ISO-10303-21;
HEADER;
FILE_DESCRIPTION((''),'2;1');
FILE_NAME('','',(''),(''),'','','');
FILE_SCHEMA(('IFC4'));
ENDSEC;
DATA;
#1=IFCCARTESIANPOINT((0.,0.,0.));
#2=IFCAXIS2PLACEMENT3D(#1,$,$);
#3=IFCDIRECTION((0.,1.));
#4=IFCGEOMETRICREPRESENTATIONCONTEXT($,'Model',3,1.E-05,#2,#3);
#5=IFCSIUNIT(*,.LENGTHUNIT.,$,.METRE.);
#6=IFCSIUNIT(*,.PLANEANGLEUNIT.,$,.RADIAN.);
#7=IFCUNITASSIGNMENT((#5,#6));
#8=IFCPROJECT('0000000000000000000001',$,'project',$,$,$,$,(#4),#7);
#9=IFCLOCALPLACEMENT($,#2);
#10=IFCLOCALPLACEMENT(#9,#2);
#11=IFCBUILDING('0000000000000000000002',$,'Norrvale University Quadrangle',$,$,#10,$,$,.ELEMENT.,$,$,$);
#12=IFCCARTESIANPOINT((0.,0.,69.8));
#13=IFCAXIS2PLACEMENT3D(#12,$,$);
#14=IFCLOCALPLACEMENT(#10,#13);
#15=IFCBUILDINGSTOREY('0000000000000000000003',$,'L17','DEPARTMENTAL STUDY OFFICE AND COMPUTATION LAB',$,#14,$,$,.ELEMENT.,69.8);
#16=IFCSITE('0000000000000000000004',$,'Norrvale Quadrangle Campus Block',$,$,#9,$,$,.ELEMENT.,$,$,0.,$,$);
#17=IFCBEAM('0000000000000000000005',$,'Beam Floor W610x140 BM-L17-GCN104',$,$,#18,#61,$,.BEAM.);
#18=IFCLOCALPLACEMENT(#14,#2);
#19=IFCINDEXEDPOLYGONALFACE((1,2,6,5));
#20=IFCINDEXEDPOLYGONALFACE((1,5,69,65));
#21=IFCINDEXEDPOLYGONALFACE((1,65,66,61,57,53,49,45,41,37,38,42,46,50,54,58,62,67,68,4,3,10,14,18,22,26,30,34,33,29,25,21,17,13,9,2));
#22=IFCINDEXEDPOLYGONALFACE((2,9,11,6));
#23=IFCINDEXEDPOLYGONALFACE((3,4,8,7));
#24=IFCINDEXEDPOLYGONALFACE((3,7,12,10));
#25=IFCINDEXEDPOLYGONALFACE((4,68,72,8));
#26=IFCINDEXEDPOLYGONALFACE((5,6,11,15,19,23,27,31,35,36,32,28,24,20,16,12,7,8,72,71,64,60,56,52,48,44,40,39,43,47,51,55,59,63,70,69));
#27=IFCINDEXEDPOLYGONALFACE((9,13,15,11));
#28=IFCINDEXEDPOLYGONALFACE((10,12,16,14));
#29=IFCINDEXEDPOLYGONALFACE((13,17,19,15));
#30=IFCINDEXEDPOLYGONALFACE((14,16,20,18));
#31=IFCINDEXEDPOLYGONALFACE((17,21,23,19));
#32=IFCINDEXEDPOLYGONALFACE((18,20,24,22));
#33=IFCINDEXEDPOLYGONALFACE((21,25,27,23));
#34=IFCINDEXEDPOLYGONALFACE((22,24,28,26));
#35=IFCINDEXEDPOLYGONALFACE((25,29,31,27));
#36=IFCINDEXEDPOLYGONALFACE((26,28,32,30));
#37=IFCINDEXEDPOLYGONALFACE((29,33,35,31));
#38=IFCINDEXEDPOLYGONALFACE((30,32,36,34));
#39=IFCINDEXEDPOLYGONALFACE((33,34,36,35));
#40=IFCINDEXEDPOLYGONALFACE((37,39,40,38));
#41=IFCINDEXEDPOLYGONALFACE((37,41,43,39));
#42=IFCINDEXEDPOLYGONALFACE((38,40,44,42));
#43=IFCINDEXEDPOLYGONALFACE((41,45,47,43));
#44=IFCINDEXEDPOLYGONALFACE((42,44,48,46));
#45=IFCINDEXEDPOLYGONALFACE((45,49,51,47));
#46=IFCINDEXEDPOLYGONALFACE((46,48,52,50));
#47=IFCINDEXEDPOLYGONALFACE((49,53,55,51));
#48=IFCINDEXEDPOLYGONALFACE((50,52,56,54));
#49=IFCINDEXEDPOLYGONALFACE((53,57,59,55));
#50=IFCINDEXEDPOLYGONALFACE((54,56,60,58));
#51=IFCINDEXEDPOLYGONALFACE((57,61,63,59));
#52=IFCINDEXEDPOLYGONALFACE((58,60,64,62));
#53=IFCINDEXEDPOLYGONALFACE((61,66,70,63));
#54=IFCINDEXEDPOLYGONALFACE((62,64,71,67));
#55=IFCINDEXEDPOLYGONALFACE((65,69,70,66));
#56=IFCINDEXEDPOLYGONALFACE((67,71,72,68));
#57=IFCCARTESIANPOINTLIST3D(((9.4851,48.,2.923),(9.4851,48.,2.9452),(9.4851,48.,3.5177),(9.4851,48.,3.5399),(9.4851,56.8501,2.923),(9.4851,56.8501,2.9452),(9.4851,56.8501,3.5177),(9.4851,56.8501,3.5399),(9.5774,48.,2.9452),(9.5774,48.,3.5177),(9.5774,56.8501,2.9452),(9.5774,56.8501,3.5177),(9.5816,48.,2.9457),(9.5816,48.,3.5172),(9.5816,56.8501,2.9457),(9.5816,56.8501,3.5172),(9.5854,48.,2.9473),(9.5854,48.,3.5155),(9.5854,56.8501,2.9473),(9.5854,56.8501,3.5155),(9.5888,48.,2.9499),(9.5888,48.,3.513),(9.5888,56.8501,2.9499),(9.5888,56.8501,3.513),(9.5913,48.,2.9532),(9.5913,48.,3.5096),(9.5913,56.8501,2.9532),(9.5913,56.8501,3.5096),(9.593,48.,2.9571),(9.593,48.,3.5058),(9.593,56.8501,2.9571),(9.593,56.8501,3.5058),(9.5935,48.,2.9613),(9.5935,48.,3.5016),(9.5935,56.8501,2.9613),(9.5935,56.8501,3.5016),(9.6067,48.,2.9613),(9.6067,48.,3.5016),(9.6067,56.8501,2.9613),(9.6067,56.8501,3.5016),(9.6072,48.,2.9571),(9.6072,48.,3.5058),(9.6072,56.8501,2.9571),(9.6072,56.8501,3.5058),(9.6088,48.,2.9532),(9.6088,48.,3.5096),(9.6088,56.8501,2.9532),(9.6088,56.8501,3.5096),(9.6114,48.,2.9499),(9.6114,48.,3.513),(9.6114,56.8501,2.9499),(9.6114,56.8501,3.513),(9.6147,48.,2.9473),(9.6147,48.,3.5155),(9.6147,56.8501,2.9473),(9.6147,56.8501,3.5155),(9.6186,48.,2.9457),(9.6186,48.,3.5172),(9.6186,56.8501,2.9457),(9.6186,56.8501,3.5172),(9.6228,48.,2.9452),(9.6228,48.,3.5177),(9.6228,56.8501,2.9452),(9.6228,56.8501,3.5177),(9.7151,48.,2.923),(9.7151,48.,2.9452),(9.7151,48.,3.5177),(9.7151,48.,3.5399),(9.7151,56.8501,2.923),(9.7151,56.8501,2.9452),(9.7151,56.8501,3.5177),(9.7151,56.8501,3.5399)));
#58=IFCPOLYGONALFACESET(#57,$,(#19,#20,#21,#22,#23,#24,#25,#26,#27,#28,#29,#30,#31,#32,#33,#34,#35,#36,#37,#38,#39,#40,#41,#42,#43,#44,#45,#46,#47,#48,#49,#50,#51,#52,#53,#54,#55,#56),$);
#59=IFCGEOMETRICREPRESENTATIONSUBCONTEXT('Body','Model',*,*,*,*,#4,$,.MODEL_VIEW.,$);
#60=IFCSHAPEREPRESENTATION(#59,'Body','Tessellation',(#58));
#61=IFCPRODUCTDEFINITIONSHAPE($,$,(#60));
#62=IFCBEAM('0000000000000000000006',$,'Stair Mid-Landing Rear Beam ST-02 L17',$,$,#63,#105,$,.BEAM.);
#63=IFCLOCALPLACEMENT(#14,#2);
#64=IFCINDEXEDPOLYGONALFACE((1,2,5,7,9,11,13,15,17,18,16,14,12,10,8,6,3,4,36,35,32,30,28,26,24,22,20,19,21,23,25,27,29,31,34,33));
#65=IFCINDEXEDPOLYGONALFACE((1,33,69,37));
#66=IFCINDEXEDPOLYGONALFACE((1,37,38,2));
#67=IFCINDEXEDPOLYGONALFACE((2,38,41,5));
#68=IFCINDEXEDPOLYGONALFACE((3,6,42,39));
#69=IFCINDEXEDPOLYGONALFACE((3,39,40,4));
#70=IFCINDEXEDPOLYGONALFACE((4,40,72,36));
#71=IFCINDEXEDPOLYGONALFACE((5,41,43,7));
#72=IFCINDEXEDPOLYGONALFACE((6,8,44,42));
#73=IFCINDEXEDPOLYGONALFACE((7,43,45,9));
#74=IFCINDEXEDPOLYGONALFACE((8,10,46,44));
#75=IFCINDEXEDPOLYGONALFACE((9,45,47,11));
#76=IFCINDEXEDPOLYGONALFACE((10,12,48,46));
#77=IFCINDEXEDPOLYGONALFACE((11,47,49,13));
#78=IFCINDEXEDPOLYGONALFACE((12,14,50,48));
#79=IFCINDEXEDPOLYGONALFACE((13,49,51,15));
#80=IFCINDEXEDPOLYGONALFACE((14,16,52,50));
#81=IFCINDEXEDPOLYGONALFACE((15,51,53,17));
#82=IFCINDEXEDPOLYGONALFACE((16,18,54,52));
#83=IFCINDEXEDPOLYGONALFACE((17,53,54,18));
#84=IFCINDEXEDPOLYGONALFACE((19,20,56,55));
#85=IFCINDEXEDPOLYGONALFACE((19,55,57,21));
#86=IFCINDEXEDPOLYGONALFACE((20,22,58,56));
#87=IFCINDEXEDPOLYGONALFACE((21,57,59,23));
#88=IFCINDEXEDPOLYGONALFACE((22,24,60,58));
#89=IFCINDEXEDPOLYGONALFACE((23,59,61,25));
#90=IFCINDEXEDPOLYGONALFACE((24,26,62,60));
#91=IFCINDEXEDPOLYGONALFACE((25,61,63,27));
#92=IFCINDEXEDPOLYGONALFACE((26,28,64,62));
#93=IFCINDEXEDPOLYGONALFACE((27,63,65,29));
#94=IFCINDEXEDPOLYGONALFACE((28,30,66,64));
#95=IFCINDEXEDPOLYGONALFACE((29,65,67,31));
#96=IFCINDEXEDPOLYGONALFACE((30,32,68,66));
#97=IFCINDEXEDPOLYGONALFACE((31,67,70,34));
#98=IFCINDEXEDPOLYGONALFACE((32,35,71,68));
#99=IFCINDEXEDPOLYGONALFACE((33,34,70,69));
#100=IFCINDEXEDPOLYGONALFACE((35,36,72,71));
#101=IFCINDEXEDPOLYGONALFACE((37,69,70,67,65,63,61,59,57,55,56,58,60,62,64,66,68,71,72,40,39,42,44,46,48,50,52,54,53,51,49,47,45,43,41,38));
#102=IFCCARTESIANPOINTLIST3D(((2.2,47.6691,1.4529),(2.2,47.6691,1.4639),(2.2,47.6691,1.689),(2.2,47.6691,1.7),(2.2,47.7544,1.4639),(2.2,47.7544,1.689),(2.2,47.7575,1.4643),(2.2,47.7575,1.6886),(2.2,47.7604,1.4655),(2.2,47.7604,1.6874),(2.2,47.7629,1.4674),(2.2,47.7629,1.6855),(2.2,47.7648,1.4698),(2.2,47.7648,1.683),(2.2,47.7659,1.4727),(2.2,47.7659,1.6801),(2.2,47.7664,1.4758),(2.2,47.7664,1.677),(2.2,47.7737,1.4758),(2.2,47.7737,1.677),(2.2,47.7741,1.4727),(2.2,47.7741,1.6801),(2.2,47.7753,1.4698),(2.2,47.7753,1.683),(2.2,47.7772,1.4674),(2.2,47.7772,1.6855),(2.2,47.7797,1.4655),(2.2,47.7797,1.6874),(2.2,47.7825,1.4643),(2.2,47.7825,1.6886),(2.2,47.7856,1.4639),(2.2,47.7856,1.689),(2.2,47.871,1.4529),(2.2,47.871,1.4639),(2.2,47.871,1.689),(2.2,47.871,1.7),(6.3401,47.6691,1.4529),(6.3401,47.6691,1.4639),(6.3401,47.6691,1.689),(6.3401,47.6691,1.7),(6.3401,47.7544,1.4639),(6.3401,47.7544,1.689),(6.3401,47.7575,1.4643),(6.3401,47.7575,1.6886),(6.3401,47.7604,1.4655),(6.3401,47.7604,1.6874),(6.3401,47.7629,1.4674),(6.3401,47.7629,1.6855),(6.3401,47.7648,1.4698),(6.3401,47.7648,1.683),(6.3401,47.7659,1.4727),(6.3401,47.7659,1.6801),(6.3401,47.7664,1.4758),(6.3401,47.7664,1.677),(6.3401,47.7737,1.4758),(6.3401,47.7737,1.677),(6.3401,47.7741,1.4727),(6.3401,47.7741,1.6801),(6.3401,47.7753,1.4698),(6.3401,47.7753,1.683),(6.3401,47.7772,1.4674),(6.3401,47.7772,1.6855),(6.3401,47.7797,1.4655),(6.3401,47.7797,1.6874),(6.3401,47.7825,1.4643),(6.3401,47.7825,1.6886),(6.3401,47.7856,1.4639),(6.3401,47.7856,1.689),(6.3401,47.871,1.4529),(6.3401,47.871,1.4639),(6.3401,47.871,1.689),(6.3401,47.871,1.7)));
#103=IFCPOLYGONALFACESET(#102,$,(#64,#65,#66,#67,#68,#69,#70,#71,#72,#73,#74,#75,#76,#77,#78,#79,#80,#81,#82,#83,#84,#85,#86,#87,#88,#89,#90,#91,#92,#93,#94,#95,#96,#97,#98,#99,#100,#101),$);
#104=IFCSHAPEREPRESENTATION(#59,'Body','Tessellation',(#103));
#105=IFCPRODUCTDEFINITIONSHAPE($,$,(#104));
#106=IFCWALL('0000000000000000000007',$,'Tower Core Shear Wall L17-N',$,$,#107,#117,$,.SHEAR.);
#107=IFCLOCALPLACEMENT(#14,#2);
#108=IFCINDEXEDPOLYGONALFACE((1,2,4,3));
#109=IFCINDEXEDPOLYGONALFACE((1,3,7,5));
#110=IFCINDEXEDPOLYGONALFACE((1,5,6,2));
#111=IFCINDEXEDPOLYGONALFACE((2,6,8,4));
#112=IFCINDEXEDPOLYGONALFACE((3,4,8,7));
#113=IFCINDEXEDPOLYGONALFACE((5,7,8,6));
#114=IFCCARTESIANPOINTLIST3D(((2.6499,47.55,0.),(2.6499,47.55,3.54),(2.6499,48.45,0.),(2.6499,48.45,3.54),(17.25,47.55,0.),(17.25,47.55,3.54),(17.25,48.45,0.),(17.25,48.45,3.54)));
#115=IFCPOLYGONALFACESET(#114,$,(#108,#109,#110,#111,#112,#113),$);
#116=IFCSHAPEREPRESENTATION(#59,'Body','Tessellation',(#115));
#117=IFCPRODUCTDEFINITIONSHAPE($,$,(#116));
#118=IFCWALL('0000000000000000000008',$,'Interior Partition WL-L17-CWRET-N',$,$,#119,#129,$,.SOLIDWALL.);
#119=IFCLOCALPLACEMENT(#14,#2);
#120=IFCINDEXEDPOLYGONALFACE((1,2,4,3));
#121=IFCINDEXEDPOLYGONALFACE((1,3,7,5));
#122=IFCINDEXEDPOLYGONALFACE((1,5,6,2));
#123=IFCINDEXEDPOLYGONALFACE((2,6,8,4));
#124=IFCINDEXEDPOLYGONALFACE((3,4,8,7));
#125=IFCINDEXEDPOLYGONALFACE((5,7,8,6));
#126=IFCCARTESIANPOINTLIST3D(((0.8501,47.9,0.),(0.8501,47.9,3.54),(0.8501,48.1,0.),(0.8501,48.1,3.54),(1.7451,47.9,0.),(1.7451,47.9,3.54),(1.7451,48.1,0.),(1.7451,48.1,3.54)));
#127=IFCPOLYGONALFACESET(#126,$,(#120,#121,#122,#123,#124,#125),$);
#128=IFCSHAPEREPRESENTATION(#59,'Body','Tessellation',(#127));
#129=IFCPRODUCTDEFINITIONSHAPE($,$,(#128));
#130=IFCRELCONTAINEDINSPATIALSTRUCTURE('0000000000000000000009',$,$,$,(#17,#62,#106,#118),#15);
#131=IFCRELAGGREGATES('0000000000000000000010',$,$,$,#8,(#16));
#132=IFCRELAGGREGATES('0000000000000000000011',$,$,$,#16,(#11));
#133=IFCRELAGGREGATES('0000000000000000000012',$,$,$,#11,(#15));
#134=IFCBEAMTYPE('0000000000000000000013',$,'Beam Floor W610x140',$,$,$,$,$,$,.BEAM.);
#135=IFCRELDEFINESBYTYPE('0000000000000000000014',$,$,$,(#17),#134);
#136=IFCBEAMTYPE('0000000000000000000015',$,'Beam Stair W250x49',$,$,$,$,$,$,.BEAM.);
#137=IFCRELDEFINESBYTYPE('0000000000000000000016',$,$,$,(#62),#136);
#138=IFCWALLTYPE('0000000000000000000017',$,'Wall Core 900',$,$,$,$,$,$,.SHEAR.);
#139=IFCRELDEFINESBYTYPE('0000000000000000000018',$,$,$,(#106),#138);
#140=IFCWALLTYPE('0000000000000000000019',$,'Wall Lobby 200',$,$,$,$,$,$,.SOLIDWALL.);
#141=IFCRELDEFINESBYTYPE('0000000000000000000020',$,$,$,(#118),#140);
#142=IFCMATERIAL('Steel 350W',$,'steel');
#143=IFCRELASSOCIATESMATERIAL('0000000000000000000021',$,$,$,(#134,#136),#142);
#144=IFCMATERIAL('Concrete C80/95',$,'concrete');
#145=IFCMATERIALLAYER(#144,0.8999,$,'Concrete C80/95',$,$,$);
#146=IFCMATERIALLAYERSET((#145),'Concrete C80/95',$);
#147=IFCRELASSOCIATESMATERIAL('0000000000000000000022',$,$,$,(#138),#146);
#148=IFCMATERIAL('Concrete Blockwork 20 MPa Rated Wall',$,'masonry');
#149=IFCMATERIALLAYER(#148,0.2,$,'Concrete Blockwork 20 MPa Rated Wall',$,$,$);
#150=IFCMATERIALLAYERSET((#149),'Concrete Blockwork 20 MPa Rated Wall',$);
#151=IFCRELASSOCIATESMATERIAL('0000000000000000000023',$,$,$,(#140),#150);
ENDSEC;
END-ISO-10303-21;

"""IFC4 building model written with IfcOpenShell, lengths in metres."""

from ifc_helpers import new_model, si_unit, direction, frame, frame_2d, origin, origin_2d, place, context, subcontext, project, spatial, rectangle, i_section, extrude, material, layer, layer_set, material_profile, profile_set, type_object, element, save


model = new_model("IFC4")

# Units and contexts
model_context = context("Model", 3, precision=1e-05, world=origin(), true_north=direction((0.0, 1.0)))
body_context = subcontext(model_context, "Body", "Model", "MODEL_VIEW")
ifc_project = project(units=[si_unit("LENGTHUNIT", "METRE"), si_unit("PLANEANGLEUNIT", "RADIAN")], contexts=[model_context])

# Site, building, storey
site_placement = place(None, origin())
site = spatial("IfcSite", under=ifc_project, at=site_placement, Name="Norrvale Quadrangle Campus Block", CompositionType="ELEMENT", RefElevation=0.0)
building_placement = place(site_placement, origin())
building = spatial("IfcBuilding", under=site, at=building_placement, Name="Norrvale University Quadrangle", CompositionType="ELEMENT")
storey_placement = place(building_placement, frame((0.0, 0.0, 69.8)))
storey = spatial("IfcBuildingStorey", under=building, at=storey_placement, Name="L17", Description="DEPARTMENTAL STUDY OFFICE AND COMPUTATION LAB", CompositionType="ELEMENT", Elevation=69.8)

# Shared definitions
ifc_material_1 = material(Name="Concrete C80/95", Category="concrete")

# Beams
ifc_material_2 = material(Name="Steel 350W", Category="steel")
ifc_material_profile_1 = material_profile(ifc_material_2, i_section(OverallWidth=0.23, OverallDepth=0.6169, WebThickness=0.0132, FlangeThickness=0.0222, FilletRadius=0.0161, at=origin_2d()), Name="Steel 350W")
ifc_profile_set_1 = profile_set([ifc_material_profile_1], Name="Steel 350W")
beam_type_1 = type_object("IfcBeamType", Name="Beam Floor W610x140", PredefinedType="BEAM", material=ifc_profile_set_1)
beam_1_placement = place(storey_placement, frame((9.6001, 48.0, 3.2314), z_axis=(0.0, 1.0, 0.0), x_axis=(-1.0, 0.0, 0.0)))
element("IfcBeam", 1, at=beam_1_placement, inside=storey, type_object=beam_type_1, Name="Beam Floor W610x140 BM-L17-GCN104", PredefinedType="BEAM", context=body_context, shape_type="SweptSolid", body=[
    extrude(i_section(OverallWidth=0.23, OverallDepth=0.6169, WebThickness=0.0132, FlangeThickness=0.0222, FilletRadius=0.0161, at=origin_2d()), origin(), (0.0, 0.0, 1.0), 8.8501),
])
ifc_material_profile_2 = material_profile(ifc_material_2, i_section(OverallWidth=0.2019, OverallDepth=0.2471, WebThickness=0.0073, FlangeThickness=0.011, FilletRadius=0.012, at=origin_2d()), Name="Steel 350W")
ifc_profile_set_2 = profile_set([ifc_material_profile_2], Name="Steel 350W")
beam_type_2 = type_object("IfcBeamType", Name="Beam Stair W250x49", PredefinedType="BEAM", material=ifc_profile_set_2)
beam_2_placement = place(storey_placement, frame((2.2, 47.77, 1.5764), z_axis=(1.0, 0.0, 0.0), x_axis=(0.0, 1.0, 0.0)))
element("IfcBeam", 2, at=beam_2_placement, inside=storey, type_object=beam_type_2, Name="Stair Mid-Landing Rear Beam ST-02 L17", PredefinedType="BEAM", context=body_context, shape_type="SweptSolid", body=[
    extrude(i_section(OverallWidth=0.2019, OverallDepth=0.2471, WebThickness=0.0073, FlangeThickness=0.011, FilletRadius=0.012, at=origin_2d()), origin(), (0.0, 0.0, 1.0), 4.1401),
])

# Wall
ifc_layer_1 = layer(ifc_material_1, 0.8999, Name="Concrete C80/95")
ifc_layer_set_1 = layer_set([ifc_layer_1], Name="Concrete C80/95")
wall_type_1 = type_object("IfcWallType", Name="Wall Core 900", PredefinedType="SHEAR", material=ifc_layer_set_1)
wall_1_placement = place(storey_placement, frame((2.6499, 48.0, 0.0), z_axis=(0.0, 0.0, 1.0), x_axis=(1.0, 0.0, 0.0)))
element("IfcWall", 3, at=wall_1_placement, inside=storey, type_object=wall_type_1, Name="Tower Core Shear Wall L17-N", PredefinedType="SHEAR", context=body_context, shape_type="SweptSolid", body=[
    extrude(rectangle(XDim=14.6001, YDim=0.8999, at=frame_2d((7.3, 0.0))), origin(), (0.0, 0.0, 1.0), 3.54),
])

# Wall
ifc_material_3 = material(Name="Concrete Blockwork 20 MPa Rated Wall", Category="masonry")
ifc_layer_2 = layer(ifc_material_3, 0.2, Name="Concrete Blockwork 20 MPa Rated Wall")
ifc_layer_set_2 = layer_set([ifc_layer_2], Name="Concrete Blockwork 20 MPa Rated Wall")
wall_type_2 = type_object("IfcWallType", Name="Wall Lobby 200", PredefinedType="SOLIDWALL", material=ifc_layer_set_2)
wall_2_placement = place(storey_placement, frame((0.8501, 48.0, 0.0), z_axis=(0.0, 0.0, 1.0), x_axis=(1.0, 0.0, 0.0)))
element("IfcWall", 4, at=wall_2_placement, inside=storey, type_object=wall_type_2, Name="Interior Partition WL-L17-CWRET-N", PredefinedType="SOLIDWALL", context=body_context, shape_type="SweptSolid", body=[
    extrude(rectangle(XDim=0.895, YDim=0.2, at=frame_2d((0.4475, 0.0))), origin(), (0.0, 0.0, 1.0), 3.54),
])

save(model, "model.ifc")
